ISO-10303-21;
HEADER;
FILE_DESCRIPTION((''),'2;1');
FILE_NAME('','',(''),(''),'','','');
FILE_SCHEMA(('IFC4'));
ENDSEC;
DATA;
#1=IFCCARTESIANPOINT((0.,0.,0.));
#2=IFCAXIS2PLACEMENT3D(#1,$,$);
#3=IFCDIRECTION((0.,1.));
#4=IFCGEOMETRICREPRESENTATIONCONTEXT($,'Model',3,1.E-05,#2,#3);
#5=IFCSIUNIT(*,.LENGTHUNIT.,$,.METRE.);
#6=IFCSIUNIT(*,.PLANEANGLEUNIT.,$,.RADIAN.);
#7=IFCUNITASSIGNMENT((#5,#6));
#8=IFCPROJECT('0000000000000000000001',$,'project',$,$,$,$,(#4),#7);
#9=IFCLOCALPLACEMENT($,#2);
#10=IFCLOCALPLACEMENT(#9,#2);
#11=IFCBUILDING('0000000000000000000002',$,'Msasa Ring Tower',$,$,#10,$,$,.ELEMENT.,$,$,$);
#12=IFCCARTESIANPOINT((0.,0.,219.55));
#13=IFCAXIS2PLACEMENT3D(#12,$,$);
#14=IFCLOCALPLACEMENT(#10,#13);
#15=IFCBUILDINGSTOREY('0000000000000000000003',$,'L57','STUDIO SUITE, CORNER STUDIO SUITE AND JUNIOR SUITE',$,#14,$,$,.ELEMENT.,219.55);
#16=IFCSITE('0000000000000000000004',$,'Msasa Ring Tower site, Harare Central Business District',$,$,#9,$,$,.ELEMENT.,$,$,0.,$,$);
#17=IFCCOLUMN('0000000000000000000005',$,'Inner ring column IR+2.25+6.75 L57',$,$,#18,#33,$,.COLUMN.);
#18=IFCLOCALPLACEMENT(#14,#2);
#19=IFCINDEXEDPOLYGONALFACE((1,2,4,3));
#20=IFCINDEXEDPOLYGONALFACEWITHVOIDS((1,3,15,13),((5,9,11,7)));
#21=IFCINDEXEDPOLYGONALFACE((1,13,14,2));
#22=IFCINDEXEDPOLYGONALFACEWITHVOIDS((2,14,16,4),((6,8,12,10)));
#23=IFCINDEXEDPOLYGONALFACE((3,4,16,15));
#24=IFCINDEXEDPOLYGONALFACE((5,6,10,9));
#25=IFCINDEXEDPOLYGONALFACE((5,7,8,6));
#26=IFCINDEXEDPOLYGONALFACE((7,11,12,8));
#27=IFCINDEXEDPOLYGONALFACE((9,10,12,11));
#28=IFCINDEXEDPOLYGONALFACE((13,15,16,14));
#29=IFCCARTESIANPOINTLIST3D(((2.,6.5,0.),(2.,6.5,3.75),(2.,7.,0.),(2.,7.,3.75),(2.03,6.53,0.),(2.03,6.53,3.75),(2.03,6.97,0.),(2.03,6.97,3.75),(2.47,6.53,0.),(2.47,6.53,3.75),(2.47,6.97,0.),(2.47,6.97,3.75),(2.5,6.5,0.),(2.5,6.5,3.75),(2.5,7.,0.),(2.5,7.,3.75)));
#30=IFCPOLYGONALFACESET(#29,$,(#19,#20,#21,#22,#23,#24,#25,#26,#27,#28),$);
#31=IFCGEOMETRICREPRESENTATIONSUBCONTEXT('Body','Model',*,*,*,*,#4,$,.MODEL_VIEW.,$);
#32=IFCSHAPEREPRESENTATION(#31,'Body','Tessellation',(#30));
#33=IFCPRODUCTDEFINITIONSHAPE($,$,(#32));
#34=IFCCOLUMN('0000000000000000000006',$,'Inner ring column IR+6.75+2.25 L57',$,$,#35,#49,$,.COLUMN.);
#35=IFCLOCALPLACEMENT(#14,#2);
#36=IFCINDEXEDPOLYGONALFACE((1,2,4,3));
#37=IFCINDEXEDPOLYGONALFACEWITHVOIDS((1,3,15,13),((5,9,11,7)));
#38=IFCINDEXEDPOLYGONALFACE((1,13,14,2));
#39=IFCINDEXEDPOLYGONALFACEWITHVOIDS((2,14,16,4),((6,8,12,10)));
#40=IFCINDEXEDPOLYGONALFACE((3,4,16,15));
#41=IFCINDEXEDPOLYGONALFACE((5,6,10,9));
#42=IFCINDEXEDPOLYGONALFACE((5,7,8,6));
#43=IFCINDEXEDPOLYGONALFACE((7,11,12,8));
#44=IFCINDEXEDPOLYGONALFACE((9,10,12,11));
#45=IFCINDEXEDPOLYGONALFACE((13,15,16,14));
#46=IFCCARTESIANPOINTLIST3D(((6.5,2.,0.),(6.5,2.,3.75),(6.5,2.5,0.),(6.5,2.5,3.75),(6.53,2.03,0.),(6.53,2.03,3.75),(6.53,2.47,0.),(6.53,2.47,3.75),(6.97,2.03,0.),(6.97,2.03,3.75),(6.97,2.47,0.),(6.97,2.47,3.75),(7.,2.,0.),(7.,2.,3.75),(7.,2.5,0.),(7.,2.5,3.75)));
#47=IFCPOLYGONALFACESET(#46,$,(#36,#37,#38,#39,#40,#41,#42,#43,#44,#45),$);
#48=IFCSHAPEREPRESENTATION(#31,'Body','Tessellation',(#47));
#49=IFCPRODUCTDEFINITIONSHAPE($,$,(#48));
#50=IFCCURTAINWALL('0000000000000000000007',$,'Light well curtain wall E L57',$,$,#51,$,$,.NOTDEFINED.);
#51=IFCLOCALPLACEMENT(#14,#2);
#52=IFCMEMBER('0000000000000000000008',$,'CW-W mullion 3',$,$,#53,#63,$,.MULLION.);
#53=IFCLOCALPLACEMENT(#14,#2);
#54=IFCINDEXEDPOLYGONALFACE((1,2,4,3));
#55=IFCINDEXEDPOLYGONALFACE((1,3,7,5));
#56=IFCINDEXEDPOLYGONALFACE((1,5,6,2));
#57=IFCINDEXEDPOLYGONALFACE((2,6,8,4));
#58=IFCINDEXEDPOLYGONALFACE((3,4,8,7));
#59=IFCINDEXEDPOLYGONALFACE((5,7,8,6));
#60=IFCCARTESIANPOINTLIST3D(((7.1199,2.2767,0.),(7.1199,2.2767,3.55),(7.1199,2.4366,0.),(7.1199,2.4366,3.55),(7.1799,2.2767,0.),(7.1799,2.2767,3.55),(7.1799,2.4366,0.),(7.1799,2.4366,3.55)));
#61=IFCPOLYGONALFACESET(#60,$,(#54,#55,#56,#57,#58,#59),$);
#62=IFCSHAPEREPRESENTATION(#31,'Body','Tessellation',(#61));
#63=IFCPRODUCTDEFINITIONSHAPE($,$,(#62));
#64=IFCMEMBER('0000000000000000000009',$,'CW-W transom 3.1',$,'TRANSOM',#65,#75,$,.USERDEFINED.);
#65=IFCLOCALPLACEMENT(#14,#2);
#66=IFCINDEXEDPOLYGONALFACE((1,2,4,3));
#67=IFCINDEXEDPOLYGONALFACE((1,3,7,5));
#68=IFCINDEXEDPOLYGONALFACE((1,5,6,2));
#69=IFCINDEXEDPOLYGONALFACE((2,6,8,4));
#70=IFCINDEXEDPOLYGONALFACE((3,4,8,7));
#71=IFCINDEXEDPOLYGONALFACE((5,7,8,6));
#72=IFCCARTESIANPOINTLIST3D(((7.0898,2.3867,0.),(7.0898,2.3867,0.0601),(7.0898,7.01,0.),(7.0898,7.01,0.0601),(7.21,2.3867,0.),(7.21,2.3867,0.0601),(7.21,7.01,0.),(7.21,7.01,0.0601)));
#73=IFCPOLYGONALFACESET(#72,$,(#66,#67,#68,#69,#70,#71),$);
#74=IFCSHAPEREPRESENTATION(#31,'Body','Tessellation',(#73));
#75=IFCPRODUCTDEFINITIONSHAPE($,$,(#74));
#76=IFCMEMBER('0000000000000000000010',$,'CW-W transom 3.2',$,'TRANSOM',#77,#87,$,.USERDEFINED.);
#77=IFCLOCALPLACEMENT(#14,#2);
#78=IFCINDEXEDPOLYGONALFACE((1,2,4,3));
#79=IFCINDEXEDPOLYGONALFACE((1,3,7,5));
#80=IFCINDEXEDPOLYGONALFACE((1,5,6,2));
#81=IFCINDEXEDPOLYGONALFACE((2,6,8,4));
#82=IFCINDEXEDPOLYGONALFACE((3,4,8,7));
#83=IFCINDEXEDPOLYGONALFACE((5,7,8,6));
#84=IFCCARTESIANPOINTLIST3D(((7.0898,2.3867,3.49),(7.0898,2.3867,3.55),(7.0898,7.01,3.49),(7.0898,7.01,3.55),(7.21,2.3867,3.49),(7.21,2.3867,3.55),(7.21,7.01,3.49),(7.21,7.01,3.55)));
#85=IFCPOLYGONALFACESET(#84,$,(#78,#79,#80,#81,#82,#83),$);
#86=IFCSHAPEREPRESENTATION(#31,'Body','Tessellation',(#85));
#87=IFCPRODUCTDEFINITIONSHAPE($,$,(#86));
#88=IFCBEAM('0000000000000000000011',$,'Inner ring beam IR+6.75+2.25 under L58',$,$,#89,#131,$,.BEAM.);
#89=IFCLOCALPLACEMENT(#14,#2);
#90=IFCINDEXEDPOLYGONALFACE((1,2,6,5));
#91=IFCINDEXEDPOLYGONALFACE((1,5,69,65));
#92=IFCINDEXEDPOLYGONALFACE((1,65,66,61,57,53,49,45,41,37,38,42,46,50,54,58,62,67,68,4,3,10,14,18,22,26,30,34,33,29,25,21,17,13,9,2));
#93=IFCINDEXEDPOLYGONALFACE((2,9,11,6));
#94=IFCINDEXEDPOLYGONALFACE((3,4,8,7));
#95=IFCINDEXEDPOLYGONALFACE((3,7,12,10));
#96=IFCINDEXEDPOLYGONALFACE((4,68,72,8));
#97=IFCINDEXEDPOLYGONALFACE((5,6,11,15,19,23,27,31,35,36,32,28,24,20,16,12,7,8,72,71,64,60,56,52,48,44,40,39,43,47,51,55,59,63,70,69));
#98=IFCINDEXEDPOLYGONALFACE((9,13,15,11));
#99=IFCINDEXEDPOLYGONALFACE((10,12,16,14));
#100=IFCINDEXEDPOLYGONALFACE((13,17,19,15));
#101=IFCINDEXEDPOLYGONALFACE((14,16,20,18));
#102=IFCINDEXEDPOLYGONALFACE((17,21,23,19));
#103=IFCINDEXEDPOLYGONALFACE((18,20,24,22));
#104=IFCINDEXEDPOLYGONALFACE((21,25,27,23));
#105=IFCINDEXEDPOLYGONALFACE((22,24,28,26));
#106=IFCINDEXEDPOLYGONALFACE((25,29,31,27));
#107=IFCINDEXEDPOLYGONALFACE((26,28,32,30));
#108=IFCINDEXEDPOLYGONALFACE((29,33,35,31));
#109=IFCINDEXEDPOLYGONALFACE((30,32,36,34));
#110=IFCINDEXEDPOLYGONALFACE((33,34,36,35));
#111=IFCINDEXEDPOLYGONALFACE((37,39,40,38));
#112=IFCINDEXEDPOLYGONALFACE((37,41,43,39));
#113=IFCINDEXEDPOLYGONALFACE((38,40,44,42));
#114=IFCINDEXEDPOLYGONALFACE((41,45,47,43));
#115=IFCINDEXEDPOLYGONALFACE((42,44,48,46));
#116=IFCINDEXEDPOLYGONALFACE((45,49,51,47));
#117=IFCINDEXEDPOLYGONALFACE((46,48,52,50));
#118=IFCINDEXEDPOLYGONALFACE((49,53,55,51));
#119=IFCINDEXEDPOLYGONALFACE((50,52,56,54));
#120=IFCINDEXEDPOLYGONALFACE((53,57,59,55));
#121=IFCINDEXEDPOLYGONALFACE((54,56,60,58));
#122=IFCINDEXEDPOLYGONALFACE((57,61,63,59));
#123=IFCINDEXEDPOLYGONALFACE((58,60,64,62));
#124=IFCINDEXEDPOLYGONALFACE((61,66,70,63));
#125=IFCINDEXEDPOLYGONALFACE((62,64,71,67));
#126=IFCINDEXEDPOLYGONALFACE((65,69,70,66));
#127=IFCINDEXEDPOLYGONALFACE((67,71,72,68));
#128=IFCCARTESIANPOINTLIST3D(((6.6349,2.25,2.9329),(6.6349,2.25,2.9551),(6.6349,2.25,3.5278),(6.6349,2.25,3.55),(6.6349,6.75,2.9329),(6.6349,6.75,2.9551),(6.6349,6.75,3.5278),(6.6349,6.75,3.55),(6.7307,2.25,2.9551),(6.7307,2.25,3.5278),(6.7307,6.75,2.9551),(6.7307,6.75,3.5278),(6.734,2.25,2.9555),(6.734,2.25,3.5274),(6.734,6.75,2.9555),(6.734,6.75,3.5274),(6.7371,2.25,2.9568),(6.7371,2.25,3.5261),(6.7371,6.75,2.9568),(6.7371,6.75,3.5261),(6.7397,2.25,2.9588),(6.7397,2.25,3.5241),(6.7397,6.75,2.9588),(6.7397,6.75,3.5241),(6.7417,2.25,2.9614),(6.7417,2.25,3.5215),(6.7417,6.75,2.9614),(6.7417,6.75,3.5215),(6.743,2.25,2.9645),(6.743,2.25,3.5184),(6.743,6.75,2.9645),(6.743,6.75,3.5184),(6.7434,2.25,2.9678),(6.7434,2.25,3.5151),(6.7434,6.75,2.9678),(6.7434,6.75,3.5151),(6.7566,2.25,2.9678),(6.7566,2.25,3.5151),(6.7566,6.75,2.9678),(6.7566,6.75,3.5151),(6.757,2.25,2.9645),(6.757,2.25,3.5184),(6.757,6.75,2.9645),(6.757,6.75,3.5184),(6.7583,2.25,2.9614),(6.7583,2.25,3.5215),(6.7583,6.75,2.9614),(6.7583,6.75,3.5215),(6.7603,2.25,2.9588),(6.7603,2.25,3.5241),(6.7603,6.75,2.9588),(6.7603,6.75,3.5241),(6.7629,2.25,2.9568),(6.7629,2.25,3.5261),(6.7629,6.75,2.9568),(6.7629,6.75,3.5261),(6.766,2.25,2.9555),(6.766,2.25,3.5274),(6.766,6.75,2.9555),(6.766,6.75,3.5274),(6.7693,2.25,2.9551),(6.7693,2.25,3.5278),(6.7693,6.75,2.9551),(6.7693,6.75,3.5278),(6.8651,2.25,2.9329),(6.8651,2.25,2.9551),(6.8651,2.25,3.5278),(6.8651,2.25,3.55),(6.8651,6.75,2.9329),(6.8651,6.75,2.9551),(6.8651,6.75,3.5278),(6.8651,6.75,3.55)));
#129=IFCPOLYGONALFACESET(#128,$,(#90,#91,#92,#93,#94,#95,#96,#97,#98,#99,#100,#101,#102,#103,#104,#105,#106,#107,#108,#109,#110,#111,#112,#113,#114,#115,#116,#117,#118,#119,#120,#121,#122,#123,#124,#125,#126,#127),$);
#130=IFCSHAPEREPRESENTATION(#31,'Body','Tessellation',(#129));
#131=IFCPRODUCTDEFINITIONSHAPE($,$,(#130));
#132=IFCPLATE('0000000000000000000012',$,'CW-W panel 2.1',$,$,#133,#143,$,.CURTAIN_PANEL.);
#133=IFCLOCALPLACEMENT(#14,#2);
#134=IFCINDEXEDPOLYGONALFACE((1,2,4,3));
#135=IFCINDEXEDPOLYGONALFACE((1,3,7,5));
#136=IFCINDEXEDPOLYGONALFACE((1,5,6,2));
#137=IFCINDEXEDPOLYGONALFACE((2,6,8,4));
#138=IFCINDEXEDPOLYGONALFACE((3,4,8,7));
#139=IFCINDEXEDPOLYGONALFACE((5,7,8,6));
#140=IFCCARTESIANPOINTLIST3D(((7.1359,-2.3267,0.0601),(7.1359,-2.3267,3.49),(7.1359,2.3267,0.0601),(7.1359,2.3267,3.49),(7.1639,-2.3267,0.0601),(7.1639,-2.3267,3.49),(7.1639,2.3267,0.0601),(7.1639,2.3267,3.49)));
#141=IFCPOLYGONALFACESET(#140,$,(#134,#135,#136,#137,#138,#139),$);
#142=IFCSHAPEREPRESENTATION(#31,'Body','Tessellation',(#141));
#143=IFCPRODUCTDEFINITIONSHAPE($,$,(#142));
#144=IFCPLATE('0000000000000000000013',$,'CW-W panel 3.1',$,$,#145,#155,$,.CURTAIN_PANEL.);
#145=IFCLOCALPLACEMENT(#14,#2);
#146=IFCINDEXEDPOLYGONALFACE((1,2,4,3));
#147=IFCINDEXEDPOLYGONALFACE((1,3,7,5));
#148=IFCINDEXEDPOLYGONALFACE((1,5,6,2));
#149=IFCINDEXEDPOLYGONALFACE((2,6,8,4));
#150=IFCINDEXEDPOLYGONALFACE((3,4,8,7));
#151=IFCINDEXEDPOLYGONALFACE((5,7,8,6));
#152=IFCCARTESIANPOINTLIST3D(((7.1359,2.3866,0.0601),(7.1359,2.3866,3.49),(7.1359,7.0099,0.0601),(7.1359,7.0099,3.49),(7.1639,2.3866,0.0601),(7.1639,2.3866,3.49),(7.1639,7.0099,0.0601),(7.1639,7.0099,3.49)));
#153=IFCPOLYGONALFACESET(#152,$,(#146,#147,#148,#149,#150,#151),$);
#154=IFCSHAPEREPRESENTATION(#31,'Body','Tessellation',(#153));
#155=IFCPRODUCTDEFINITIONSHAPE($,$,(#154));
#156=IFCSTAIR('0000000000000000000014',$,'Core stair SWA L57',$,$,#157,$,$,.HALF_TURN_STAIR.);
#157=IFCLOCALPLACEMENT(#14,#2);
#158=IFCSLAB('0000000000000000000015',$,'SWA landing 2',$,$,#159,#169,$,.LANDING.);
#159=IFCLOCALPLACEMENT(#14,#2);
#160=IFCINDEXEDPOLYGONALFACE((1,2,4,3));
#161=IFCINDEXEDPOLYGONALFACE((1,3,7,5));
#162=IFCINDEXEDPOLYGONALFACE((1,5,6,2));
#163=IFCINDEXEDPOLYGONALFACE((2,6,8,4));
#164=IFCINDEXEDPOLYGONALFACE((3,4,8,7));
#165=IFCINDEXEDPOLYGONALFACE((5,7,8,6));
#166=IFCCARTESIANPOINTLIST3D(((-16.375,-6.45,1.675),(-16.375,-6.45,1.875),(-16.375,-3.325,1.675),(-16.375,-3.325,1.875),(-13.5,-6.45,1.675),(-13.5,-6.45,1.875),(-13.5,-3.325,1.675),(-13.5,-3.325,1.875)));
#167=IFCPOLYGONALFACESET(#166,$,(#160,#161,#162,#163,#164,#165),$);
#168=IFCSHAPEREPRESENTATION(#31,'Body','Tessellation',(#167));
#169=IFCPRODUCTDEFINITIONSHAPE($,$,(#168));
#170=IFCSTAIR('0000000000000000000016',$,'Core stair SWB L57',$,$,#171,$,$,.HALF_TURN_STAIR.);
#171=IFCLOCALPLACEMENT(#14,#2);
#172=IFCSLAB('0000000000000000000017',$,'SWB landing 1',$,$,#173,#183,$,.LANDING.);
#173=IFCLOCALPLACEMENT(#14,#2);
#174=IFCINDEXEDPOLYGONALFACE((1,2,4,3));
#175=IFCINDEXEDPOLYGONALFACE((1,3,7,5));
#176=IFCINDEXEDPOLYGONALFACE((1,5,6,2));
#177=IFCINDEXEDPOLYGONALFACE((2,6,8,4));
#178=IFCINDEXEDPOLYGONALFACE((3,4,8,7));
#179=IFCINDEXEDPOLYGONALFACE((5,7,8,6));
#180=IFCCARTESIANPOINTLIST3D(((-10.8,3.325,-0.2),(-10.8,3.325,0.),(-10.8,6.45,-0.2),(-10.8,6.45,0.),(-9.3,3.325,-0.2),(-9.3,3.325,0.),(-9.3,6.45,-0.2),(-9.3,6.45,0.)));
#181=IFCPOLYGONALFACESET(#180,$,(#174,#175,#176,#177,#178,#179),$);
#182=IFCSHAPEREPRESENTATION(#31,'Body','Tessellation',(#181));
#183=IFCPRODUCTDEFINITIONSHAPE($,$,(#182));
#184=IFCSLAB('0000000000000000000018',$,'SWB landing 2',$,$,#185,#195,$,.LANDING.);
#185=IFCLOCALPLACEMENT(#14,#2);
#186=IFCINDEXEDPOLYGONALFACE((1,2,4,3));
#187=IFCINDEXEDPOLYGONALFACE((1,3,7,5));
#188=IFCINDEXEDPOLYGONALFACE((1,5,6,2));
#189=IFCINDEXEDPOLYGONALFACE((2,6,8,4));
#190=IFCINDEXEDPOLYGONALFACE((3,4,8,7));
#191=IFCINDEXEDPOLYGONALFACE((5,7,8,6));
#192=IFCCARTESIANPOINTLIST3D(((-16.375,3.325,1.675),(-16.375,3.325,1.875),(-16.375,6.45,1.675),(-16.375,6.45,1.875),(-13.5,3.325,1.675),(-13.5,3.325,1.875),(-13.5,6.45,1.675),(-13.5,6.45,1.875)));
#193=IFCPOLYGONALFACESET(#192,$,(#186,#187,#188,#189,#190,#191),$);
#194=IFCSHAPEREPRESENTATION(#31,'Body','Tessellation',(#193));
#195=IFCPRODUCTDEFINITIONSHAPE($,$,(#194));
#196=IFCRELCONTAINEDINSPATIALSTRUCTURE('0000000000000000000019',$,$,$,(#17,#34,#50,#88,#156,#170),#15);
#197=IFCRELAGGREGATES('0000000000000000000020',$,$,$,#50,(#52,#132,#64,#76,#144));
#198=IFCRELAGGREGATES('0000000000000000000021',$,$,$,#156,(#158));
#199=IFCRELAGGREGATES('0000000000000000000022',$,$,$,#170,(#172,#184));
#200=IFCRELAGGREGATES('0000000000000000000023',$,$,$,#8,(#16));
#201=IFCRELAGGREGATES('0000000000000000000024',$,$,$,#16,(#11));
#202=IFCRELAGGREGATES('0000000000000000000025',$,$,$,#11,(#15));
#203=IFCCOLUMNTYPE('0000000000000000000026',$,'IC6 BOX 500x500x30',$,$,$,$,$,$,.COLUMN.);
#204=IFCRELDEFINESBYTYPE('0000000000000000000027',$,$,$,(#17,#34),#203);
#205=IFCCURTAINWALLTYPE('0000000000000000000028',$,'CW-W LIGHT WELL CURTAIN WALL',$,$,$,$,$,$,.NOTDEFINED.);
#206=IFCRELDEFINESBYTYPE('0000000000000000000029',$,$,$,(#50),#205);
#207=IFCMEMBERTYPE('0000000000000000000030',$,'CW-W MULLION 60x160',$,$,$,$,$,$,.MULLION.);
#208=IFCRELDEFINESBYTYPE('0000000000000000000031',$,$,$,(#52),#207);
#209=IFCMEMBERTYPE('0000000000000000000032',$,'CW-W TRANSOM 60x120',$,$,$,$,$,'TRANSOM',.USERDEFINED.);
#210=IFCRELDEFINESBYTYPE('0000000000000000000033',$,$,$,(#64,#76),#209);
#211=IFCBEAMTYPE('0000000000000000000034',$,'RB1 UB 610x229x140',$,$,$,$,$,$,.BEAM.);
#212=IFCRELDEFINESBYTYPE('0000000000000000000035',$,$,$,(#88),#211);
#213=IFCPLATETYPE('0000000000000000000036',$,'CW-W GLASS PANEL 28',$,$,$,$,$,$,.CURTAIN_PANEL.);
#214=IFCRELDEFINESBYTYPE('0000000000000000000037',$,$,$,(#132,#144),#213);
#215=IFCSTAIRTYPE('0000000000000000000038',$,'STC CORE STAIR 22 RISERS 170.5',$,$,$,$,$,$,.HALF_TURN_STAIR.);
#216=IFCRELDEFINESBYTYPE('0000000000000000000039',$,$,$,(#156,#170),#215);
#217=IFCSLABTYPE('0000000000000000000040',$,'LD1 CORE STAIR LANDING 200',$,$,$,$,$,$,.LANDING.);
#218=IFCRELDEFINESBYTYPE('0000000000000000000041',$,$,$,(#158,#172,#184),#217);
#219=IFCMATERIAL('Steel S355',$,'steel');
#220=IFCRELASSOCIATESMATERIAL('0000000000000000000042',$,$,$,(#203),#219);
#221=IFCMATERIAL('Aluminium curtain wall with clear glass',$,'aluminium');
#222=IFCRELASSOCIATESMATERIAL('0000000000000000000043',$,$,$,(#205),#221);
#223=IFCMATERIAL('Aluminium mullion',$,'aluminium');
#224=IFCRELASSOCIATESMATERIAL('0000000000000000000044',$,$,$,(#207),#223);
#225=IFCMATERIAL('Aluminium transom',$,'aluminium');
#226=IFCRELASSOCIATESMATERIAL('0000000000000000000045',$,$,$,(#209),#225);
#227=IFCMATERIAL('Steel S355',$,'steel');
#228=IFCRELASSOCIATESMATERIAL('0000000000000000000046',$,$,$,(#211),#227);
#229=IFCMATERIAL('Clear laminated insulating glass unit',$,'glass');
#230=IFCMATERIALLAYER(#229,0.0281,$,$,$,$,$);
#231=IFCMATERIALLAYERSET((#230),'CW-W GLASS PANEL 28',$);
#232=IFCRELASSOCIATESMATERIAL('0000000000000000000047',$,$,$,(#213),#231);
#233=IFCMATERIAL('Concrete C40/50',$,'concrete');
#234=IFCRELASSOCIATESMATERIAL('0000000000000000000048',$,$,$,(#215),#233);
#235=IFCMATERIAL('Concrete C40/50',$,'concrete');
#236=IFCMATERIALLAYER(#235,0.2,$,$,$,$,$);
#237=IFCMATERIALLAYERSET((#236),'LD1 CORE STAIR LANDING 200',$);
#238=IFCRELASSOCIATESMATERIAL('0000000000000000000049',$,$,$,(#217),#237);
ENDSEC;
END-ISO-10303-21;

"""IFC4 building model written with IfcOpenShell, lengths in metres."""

from ifc_helpers import new_model, si_unit, direction, frame, origin, origin_2d, place, context, subcontext, project, spatial, polyline, rectangle, hollow_rectangle, i_section, outline, extrude, material, layer, layer_set, material_profile, profile_set, type_object, element, aggregate, save


model = new_model("IFC4")

# Units and contexts
model_context = context("Model", 3, precision=1e-05, world=origin(), true_north=direction((0.0, 1.0)))
body_context = subcontext(model_context, "Body", "Model", "MODEL_VIEW")
ifc_project = project(units=[si_unit("LENGTHUNIT", "METRE"), si_unit("PLANEANGLEUNIT", "RADIAN")], contexts=[model_context])

# Site, building, storey
site_placement = place(None, origin())
site = spatial("IfcSite", under=ifc_project, at=site_placement, Name="Msasa Ring Tower site, Harare Central Business District", CompositionType="ELEMENT", RefElevation=0.0)
building_placement = place(site_placement, origin())
building = spatial("IfcBuilding", under=site, at=building_placement, Name="Msasa Ring Tower", CompositionType="ELEMENT")
storey_placement = place(building_placement, frame((0.0, 0.0, 219.55)))
storey = spatial("IfcBuildingStorey", under=building, at=storey_placement, Name="L57", Description="STUDIO SUITE, CORNER STUDIO SUITE AND JUNIOR SUITE", CompositionType="ELEMENT", Elevation=219.55)

# Columns
ifc_material_1 = material(Name="Steel S355", Category="steel")
ifc_material_profile_1 = material_profile(ifc_material_1, hollow_rectangle(XDim=0.5, YDim=0.5, WallThickness=0.03, at=origin_2d()), Name="BOX 500x500x30")
ifc_profile_set_1 = profile_set([ifc_material_profile_1], Name="Steel S355")
column_type = type_object("IfcColumnType", Name="IC6 BOX 500x500x30", PredefinedType="COLUMN", material=ifc_profile_set_1)
for number, where, z_axis, x_axis, name in (
    (1, (2.25, 6.75, 0.0), (0.0, 0.0, 1.0), (1.0, 0.0, 0.0), "Inner ring column IR+2.25+6.75 L57"),
    (2, (6.75, 2.25, 0.0), (0.0, 0.0, 1.0), (1.0, 0.0, 0.0), "Inner ring column IR+6.75+2.25 L57"),
):
    element("IfcColumn", number, at=place(storey_placement, frame(where, z_axis=z_axis, x_axis=x_axis)), inside=storey, type_object=column_type, Name=name, PredefinedType="COLUMN", context=body_context, shape_type="SweptSolid", body=[
        extrude(hollow_rectangle(XDim=0.5, YDim=0.5, WallThickness=0.03, at=origin_2d()), origin(), (0.0, 0.0, 1.0), 3.75),
    ])

# Curtain wall, members
ifc_material_2 = material(Name="Aluminium curtain wall with clear glass", Category="aluminium")
curtain_wall_type = type_object("IfcCurtainWallType", Name="CW-W LIGHT WELL CURTAIN WALL", PredefinedType="NOTDEFINED", material=ifc_material_2)
curtain_wall_placement = place(storey_placement, origin())
curtain_wall = element("IfcCurtainWall", 3, at=curtain_wall_placement, inside=storey, type_object=curtain_wall_type, Name="Light well curtain wall E L57", PredefinedType="NOTDEFINED")
ifc_material_3 = material(Name="Aluminium mullion", Category="aluminium")
ifc_material_profile_2 = material_profile(ifc_material_3, rectangle(XDim=0.0601, YDim=0.1599, at=origin_2d()), Name="AL 60x160")
ifc_profile_set_2 = profile_set([ifc_material_profile_2], Name="Aluminium mullion")
member_type_1 = type_object("IfcMemberType", Name="CW-W MULLION 60x160", PredefinedType="MULLION", material=ifc_profile_set_2)
member_1_placement = place(storey_placement, frame((7.1499, 2.3567, 0.0), z_axis=(0.0, 0.0, 1.0), x_axis=(-1.0, 0.0, 0.0)))
member_1 = element("IfcMember", 4, at=member_1_placement, type_object=member_type_1, Name="CW-W mullion 3", PredefinedType="MULLION", context=body_context, shape_type="SweptSolid", body=[
    extrude(rectangle(XDim=0.0601, YDim=0.1599, at=origin_2d()), origin(), (0.0, 0.0, 1.0), 3.55),
])
ifc_material_4 = material(Name="Aluminium transom", Category="aluminium")
ifc_material_profile_3 = material_profile(ifc_material_4, rectangle(XDim=0.1201, YDim=0.0601, at=origin_2d()), Name="AL 60x120")
ifc_profile_set_3 = profile_set([ifc_material_profile_3], Name="Aluminium transom")
member_type_2 = type_object("IfcMemberType", Name="CW-W TRANSOM 60x120", ElementType="TRANSOM", PredefinedType="USERDEFINED", material=ifc_profile_set_3)
member_2_placement = place(storey_placement, frame((7.1499, 2.3867, 0.03), z_axis=(0.0, 1.0, 0.0), x_axis=(-1.0, 0.0, 0.0)))
member_2 = element("IfcMember", 5, at=member_2_placement, type_object=member_type_2, Name="CW-W transom 3.1", ObjectType="TRANSOM", PredefinedType="USERDEFINED", context=body_context, shape_type="SweptSolid", body=[
    extrude(rectangle(XDim=0.1201, YDim=0.0601, at=origin_2d()), origin(), (0.0, 0.0, 1.0), 4.6233),
])
member_3_placement = place(storey_placement, frame((7.1499, 2.3867, 3.52), z_axis=(0.0, 1.0, 0.0), x_axis=(-1.0, 0.0, 0.0)))
member_3 = element("IfcMember", 6, at=member_3_placement, type_object=member_type_2, Name="CW-W transom 3.2", ObjectType="TRANSOM", PredefinedType="USERDEFINED", context=body_context, shape_type="SweptSolid", body=[
    extrude(rectangle(XDim=0.1201, YDim=0.0601, at=origin_2d()), origin(), (0.0, 0.0, 1.0), 4.6233),
])

# Beam
ifc_material_5 = material(Name="Steel S355", Category="steel")
ifc_material_profile_4 = material_profile(ifc_material_5, i_section(OverallWidth=0.2302, OverallDepth=0.6172, WebThickness=0.0132, FlangeThickness=0.0222, FilletRadius=0.0127, at=origin_2d()), Name="UB 610x229x140")
ifc_profile_set_4 = profile_set([ifc_material_profile_4], Name="Steel S355")
beam_type = type_object("IfcBeamType", Name="RB1 UB 610x229x140", PredefinedType="BEAM", material=ifc_profile_set_4)
beam_placement = place(storey_placement, frame((6.75, 2.25, 3.2415), z_axis=(0.0, 1.0, 0.0), x_axis=(-1.0, 0.0, 0.0)))
element("IfcBeam", 7, at=beam_placement, inside=storey, type_object=beam_type, Name="Inner ring beam IR+6.75+2.25 under L58", PredefinedType="BEAM", context=body_context, shape_type="SweptSolid", body=[
    extrude(i_section(OverallWidth=0.2302, OverallDepth=0.6172, WebThickness=0.0132, FlangeThickness=0.0222, FilletRadius=0.0127, at=origin_2d()), origin(), (0.0, 0.0, 1.0), 4.5),
])

# Plates
ifc_material_6 = material(Name="Clear laminated insulating glass unit", Category="glass")
ifc_layer_1 = layer(ifc_material_6, 0.0281)
ifc_layer_set_1 = layer_set([ifc_layer_1], Name="CW-W GLASS PANEL 28")
plate_type = type_object("IfcPlateType", Name="CW-W GLASS PANEL 28", PredefinedType="CURTAIN_PANEL", material=ifc_layer_set_1)
plate_1_placement = place(storey_placement, frame((7.1499, 0.0, 0.0601), z_axis=(0.0, 0.0, 1.0), x_axis=(0.0, 1.0, 0.0)))
plate_1 = element("IfcPlate", 8, at=plate_1_placement, type_object=plate_type, Name="CW-W panel 2.1", PredefinedType="CURTAIN_PANEL", context=body_context, shape_type="SweptSolid", body=[
    extrude(rectangle(XDim=4.6533, YDim=0.0281, at=origin_2d()), origin(), (0.0, 0.0, 1.0), 3.4299),
])
plate_2_placement = place(storey_placement, frame((7.1499, 4.6982, 0.0601), z_axis=(0.0, 0.0, 1.0), x_axis=(0.0, 1.0, 0.0)))
plate_2 = element("IfcPlate", 9, at=plate_2_placement, type_object=plate_type, Name="CW-W panel 3.1", PredefinedType="CURTAIN_PANEL", context=body_context, shape_type="SweptSolid", body=[
    extrude(rectangle(XDim=4.6233, YDim=0.0281, at=origin_2d()), origin(), (0.0, 0.0, 1.0), 3.4299),
])
aggregate(curtain_wall, [member_1, plate_1, member_2, member_3, plate_2])

# Stair, slab
ifc_material_7 = material(Name="Concrete C40/50", Category="concrete")
stair_type = type_object("IfcStairType", Name="STC CORE STAIR 22 RISERS 170.5", PredefinedType="HALF_TURN_STAIR", material=ifc_material_7)
stair_1_placement = place(storey_placement, origin())
stair_1 = element("IfcStair", 10, at=stair_1_placement, inside=storey, type_object=stair_type, Name="Core stair SWA L57", PredefinedType="HALF_TURN_STAIR")
ifc_material_8 = material(Name="Concrete C40/50", Category="concrete")
ifc_layer_2 = layer(ifc_material_8, 0.2)
ifc_layer_set_2 = layer_set([ifc_layer_2], Name="LD1 CORE STAIR LANDING 200")
slab_type = type_object("IfcSlabType", Name="LD1 CORE STAIR LANDING 200", PredefinedType="LANDING", material=ifc_layer_set_2)
slab_1_placement = place(storey_placement, frame((0.0, 0.0, 1.675)))
slab_1 = element("IfcSlab", 11, at=slab_1_placement, type_object=slab_type, Name="SWA landing 2", PredefinedType="LANDING", context=body_context, shape_type="SweptSolid", body=[
    extrude(outline(polyline([(-16.375, -6.45), (-13.5, -6.45), (-13.5, -3.325), (-16.375, -3.325), (-16.375, -6.45)])), origin(), (0.0, 0.0, 1.0), 0.2),
])
aggregate(stair_1, [slab_1])

# Stair, slabs
stair_2_placement = place(storey_placement, origin())
stair_2 = element("IfcStair", 12, at=stair_2_placement, inside=storey, type_object=stair_type, Name="Core stair SWB L57", PredefinedType="HALF_TURN_STAIR")
slab_2_placement = place(storey_placement, frame((0.0, 0.0, -0.2)))
slab_2 = element("IfcSlab", 13, at=slab_2_placement, type_object=slab_type, Name="SWB landing 1", PredefinedType="LANDING", context=body_context, shape_type="SweptSolid", body=[
    extrude(outline(polyline([(-10.8, 3.325), (-9.3, 3.325), (-9.3, 6.45), (-10.8, 6.45), (-10.8, 3.325)])), origin(), (0.0, 0.0, 1.0), 0.2),
])
slab_3_placement = place(storey_placement, frame((0.0, 0.0, 1.675)))
slab_3 = element("IfcSlab", 14, at=slab_3_placement, type_object=slab_type, Name="SWB landing 2", PredefinedType="LANDING", context=body_context, shape_type="SweptSolid", body=[
    extrude(outline(polyline([(-16.375, 3.325), (-13.5, 3.325), (-13.5, 6.45), (-16.375, 6.45), (-16.375, 3.325)])), origin(), (0.0, 0.0, 1.0), 0.2),
])
aggregate(stair_2, [slab_2, slab_3])

save(model, "model.ifc")
